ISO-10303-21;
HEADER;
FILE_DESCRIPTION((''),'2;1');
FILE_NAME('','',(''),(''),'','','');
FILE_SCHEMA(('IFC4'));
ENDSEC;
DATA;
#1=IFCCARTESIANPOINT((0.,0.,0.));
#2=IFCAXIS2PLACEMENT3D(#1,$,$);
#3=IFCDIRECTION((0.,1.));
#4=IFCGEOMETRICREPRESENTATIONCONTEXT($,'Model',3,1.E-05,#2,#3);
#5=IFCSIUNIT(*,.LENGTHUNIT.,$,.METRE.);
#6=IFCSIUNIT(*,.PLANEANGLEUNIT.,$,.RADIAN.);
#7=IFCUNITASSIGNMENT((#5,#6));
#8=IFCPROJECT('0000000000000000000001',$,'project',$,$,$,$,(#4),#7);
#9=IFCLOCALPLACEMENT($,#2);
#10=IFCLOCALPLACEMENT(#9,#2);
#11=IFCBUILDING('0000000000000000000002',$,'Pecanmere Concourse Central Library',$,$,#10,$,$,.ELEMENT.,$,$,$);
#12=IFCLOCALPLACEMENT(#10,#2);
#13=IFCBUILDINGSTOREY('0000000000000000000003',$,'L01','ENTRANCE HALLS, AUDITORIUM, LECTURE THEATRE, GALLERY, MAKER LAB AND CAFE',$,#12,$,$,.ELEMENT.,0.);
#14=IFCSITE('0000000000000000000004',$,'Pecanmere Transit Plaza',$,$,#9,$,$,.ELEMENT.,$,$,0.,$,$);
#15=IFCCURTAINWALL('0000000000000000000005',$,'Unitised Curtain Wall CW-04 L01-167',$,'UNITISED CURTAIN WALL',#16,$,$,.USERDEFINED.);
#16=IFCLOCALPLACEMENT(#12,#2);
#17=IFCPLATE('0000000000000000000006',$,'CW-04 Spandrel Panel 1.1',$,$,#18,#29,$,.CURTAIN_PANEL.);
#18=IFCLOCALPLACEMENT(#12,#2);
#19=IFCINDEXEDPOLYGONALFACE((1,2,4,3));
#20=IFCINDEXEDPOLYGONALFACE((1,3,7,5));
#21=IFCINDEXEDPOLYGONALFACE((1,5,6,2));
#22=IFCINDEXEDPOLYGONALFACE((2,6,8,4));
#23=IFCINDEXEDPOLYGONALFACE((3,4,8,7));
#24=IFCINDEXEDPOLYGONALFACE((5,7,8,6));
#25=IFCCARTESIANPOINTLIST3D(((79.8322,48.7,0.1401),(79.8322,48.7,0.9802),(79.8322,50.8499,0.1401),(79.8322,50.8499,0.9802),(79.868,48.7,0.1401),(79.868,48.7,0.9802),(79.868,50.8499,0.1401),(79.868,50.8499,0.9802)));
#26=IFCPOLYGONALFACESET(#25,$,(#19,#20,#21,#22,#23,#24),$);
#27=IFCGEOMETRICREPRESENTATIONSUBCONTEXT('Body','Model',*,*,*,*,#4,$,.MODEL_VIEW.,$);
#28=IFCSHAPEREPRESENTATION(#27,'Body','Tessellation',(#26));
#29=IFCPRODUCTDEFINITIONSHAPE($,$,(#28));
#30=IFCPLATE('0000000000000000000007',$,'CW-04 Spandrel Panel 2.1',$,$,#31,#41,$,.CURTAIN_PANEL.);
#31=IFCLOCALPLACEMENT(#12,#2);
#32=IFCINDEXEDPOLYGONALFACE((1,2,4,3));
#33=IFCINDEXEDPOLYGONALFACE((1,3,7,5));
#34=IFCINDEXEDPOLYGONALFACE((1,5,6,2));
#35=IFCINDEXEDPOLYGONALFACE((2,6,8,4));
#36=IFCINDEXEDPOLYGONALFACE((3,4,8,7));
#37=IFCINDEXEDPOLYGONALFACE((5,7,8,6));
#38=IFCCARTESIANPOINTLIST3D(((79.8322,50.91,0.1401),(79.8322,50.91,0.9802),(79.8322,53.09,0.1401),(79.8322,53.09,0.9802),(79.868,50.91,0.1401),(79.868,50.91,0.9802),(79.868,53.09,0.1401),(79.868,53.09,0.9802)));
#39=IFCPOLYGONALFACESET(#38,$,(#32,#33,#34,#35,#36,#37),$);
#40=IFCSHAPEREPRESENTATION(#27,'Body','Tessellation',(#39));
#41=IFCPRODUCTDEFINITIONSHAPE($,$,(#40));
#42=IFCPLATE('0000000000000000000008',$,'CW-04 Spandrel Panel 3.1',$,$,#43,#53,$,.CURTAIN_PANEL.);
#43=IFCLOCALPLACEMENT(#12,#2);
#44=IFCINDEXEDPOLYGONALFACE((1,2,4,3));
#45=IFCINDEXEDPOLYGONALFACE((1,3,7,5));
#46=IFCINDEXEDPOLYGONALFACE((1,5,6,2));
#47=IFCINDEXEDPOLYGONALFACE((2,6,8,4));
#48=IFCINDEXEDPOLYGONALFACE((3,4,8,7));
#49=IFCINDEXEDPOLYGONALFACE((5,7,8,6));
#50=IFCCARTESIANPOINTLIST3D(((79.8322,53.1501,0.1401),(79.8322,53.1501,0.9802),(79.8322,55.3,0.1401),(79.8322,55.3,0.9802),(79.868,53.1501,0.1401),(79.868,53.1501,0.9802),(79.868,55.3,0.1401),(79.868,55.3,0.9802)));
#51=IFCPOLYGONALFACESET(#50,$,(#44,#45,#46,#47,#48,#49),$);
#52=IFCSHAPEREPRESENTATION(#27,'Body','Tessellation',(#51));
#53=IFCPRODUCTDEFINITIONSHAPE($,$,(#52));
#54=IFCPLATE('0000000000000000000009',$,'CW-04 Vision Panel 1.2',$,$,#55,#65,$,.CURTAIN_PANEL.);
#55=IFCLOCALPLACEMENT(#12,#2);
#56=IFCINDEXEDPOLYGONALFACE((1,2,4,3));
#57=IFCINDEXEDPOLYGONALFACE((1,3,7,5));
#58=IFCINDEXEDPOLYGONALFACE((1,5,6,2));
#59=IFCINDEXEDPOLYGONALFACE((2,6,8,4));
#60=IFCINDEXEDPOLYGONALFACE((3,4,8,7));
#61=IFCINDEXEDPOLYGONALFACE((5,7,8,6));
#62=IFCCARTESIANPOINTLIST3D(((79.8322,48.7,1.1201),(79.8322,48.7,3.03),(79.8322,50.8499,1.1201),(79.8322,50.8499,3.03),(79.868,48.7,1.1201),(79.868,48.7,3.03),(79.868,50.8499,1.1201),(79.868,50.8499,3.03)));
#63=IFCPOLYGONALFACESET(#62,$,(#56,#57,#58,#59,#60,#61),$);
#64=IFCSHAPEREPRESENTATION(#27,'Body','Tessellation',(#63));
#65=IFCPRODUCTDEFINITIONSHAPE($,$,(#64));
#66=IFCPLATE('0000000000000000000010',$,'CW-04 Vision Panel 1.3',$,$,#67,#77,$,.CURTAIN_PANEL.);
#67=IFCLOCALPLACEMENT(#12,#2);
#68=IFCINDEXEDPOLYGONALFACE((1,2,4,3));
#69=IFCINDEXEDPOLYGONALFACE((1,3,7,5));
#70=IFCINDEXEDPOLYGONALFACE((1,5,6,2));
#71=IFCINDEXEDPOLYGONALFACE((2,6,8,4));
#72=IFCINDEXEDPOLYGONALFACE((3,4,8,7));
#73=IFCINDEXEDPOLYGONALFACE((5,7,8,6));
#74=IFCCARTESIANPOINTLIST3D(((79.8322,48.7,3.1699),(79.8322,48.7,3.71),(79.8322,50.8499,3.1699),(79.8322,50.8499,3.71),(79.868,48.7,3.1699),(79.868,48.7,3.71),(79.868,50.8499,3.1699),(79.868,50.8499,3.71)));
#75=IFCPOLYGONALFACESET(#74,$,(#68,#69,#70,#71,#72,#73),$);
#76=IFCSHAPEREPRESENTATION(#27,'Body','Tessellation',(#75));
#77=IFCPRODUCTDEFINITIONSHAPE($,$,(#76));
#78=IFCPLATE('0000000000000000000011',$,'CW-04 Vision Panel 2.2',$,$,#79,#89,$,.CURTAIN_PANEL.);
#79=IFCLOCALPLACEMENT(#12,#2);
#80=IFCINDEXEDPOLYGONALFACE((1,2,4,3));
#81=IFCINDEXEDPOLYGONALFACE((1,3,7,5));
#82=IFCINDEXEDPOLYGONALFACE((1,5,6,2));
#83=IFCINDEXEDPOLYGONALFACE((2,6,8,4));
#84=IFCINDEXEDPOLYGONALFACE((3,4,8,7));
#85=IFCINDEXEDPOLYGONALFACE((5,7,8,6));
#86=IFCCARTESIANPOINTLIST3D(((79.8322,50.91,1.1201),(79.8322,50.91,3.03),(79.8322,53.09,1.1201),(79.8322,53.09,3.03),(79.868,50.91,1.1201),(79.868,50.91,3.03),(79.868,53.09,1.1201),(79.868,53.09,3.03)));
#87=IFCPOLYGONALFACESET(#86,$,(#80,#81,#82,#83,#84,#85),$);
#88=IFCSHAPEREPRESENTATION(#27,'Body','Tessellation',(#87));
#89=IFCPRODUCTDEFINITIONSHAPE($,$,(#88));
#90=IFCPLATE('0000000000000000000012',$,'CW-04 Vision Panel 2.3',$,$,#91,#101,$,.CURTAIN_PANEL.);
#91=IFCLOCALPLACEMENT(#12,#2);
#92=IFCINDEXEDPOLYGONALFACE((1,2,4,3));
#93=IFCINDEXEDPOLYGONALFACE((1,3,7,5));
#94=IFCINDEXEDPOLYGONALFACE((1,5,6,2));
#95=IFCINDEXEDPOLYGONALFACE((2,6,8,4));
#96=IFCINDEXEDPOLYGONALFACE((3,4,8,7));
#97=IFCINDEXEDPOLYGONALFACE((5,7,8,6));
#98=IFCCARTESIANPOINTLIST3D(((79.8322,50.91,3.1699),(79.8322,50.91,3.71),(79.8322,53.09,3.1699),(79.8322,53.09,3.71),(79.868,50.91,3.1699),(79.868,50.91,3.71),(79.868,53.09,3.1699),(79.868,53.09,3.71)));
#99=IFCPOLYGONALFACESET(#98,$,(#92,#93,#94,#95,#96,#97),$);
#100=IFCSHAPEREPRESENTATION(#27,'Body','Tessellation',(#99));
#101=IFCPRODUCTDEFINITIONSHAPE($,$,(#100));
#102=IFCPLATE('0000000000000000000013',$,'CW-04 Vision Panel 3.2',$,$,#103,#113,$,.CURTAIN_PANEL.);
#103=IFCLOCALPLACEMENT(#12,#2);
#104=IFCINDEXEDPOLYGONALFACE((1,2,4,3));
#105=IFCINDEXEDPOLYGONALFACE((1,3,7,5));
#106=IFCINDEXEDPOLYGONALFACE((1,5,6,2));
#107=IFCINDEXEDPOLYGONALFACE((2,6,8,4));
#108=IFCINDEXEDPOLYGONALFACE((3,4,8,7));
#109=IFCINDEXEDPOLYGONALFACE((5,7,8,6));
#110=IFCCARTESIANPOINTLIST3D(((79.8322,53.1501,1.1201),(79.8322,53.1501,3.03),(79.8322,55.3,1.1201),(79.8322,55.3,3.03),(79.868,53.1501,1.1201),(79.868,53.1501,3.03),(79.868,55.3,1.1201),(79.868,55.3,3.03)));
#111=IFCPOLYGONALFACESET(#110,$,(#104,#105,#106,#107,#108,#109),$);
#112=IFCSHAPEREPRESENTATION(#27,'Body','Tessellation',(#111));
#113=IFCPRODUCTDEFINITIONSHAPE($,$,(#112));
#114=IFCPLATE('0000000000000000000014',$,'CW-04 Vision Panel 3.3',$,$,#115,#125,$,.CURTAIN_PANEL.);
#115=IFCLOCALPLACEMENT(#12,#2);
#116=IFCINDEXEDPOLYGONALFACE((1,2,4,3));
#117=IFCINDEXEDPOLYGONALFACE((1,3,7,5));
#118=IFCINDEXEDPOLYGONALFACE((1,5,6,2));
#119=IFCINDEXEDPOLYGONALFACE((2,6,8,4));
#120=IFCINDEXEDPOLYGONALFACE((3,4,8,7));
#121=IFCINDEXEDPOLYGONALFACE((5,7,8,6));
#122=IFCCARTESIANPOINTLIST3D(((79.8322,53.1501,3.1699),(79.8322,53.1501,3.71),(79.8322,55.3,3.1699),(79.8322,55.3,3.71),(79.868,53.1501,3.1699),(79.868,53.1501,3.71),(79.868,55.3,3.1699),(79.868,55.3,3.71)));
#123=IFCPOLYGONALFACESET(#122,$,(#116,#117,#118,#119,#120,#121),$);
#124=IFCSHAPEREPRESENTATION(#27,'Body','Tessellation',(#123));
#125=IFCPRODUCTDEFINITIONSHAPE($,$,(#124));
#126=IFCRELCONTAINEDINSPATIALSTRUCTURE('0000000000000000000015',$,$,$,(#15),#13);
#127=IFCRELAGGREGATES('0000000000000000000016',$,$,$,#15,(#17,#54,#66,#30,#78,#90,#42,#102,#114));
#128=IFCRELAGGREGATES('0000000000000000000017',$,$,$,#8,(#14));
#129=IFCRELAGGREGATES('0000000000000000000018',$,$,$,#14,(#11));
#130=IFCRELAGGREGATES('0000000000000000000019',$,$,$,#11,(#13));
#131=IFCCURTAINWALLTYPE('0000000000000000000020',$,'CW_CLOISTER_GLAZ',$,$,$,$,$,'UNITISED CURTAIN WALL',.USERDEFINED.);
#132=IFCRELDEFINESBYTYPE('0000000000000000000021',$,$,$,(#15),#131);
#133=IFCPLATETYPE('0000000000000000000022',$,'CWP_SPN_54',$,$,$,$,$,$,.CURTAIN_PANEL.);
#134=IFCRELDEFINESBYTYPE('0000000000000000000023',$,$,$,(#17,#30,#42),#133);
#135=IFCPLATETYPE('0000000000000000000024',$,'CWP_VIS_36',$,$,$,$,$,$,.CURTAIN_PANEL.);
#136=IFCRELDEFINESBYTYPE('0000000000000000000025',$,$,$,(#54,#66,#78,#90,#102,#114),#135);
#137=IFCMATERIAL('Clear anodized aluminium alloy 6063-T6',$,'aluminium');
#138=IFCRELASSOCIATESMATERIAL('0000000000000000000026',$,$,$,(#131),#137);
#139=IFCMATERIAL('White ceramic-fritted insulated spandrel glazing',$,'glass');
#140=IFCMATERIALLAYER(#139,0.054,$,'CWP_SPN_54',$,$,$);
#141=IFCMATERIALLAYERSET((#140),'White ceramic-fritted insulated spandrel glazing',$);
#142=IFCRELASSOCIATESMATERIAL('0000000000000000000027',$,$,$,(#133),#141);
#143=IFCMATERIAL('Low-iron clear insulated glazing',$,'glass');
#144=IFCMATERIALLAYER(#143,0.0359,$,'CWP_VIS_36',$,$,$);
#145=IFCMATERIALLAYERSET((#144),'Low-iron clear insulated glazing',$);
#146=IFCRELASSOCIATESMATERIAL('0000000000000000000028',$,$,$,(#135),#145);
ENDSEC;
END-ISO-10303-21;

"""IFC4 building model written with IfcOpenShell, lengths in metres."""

from ifc_helpers import new_model, si_unit, direction, frame, origin, origin_2d, place, context, subcontext, project, spatial, rectangle, extrude, material, layer, layer_set, type_object, element, aggregate, save


model = new_model("IFC4")

# Units and contexts
model_context = context("Model", 3, precision=1e-05, world=origin(), true_north=direction((0.0, 1.0)))
body_context = subcontext(model_context, "Body", "Model", "MODEL_VIEW")
ifc_project = project(units=[si_unit("LENGTHUNIT", "METRE"), si_unit("PLANEANGLEUNIT", "RADIAN")], contexts=[model_context])

# Site, building, storey
site_placement = place(None, origin())
site = spatial("IfcSite", under=ifc_project, at=site_placement, Name="Pecanmere Transit Plaza", CompositionType="ELEMENT", RefElevation=0.0)
building_placement = place(site_placement, origin())
building = spatial("IfcBuilding", under=site, at=building_placement, Name="Pecanmere Concourse Central Library", CompositionType="ELEMENT")
storey_placement = place(building_placement, origin())
storey = spatial("IfcBuildingStorey", under=building, at=storey_placement, Name="L01", Description="ENTRANCE HALLS, AUDITORIUM, LECTURE THEATRE, GALLERY, MAKER LAB AND CAFE", CompositionType="ELEMENT", Elevation=0.0)

# Curtain wall, plates
ifc_material_1 = material(Name="Clear anodized aluminium alloy 6063-T6", Category="aluminium")
curtain_wall_type = type_object("IfcCurtainWallType", Name="CW_CLOISTER_GLAZ", ElementType="UNITISED CURTAIN WALL", PredefinedType="USERDEFINED", material=ifc_material_1)
curtain_wall_placement = place(storey_placement, origin())
curtain_wall = element("IfcCurtainWall", 1, at=curtain_wall_placement, inside=storey, type_object=curtain_wall_type, Name="Unitised Curtain Wall CW-04 L01-167", ObjectType="UNITISED CURTAIN WALL", PredefinedType="USERDEFINED")
ifc_material_2 = material(Name="White ceramic-fritted insulated spandrel glazing", Category="glass")
ifc_layer_1 = layer(ifc_material_2, 0.054, Name="CWP_SPN_54")
ifc_layer_set_1 = layer_set([ifc_layer_1], Name="White ceramic-fritted insulated spandrel glazing")
plate_type_1 = type_object("IfcPlateType", Name="CWP_SPN_54", PredefinedType="CURTAIN_PANEL", material=ifc_layer_set_1)
plate_1_placement = place(storey_placement, frame((79.8501, 49.7749, 0.1401), z_axis=(0.0, 0.0, 1.0), x_axis=(0.0, 1.0, 0.0)))
plate_1 = element("IfcPlate", 2, at=plate_1_placement, type_object=plate_type_1, Name="CW-04 Spandrel Panel 1.1", PredefinedType="CURTAIN_PANEL", context=body_context, shape_type="SweptSolid", body=[
    extrude(rectangle(XDim=2.1499, YDim=0.0359, at=origin_2d()), origin(), (0.0, 0.0, 1.0), 0.8401),
])
plate_2_placement = place(storey_placement, frame((79.8501, 52.0, 0.1401), z_axis=(0.0, 0.0, 1.0), x_axis=(0.0, 1.0, 0.0)))
plate_2 = element("IfcPlate", 3, at=plate_2_placement, type_object=plate_type_1, Name="CW-04 Spandrel Panel 2.1", PredefinedType="CURTAIN_PANEL", context=body_context, shape_type="SweptSolid", body=[
    extrude(rectangle(XDim=2.1799, YDim=0.0359, at=origin_2d()), origin(), (0.0, 0.0, 1.0), 0.8401),
])
plate_3_placement = place(storey_placement, frame((79.8501, 54.2251, 0.1401), z_axis=(0.0, 0.0, 1.0), x_axis=(0.0, 1.0, 0.0)))
plate_3 = element("IfcPlate", 4, at=plate_3_placement, type_object=plate_type_1, Name="CW-04 Spandrel Panel 3.1", PredefinedType="CURTAIN_PANEL", context=body_context, shape_type="SweptSolid", body=[
    extrude(rectangle(XDim=2.1499, YDim=0.0359, at=origin_2d()), origin(), (0.0, 0.0, 1.0), 0.8401),
])
ifc_material_3 = material(Name="Low-iron clear insulated glazing", Category="glass")
ifc_layer_2 = layer(ifc_material_3, 0.0359, Name="CWP_VIS_36")
ifc_layer_set_2 = layer_set([ifc_layer_2], Name="Low-iron clear insulated glazing")
plate_type_2 = type_object("IfcPlateType", Name="CWP_VIS_36", PredefinedType="CURTAIN_PANEL", material=ifc_layer_set_2)
plate_4_placement = place(storey_placement, frame((79.8501, 49.7749, 1.1201), z_axis=(0.0, 0.0, 1.0), x_axis=(0.0, 1.0, 0.0)))
plate_4 = element("IfcPlate", 5, at=plate_4_placement, type_object=plate_type_2, Name="CW-04 Vision Panel 1.2", PredefinedType="CURTAIN_PANEL", context=body_context, shape_type="SweptSolid", body=[
    extrude(rectangle(XDim=2.1499, YDim=0.0359, at=origin_2d()), origin(), (0.0, 0.0, 1.0), 1.9099),
])
plate_5_placement = place(storey_placement, frame((79.8501, 49.7749, 3.1699), z_axis=(0.0, 0.0, 1.0), x_axis=(0.0, 1.0, 0.0)))
plate_5 = element("IfcPlate", 6, at=plate_5_placement, type_object=plate_type_2, Name="CW-04 Vision Panel 1.3", PredefinedType="CURTAIN_PANEL", context=body_context, shape_type="SweptSolid", body=[
    extrude(rectangle(XDim=2.1499, YDim=0.0359, at=origin_2d()), origin(), (0.0, 0.0, 1.0), 0.54),
])
plate_6_placement = place(storey_placement, frame((79.8501, 52.0, 1.1201), z_axis=(0.0, 0.0, 1.0), x_axis=(0.0, 1.0, 0.0)))
plate_6 = element("IfcPlate", 7, at=plate_6_placement, type_object=plate_type_2, Name="CW-04 Vision Panel 2.2", PredefinedType="CURTAIN_PANEL", context=body_context, shape_type="SweptSolid", body=[
    extrude(rectangle(XDim=2.1799, YDim=0.0359, at=origin_2d()), origin(), (0.0, 0.0, 1.0), 1.9099),
])
plate_7_placement = place(storey_placement, frame((79.8501, 52.0, 3.1699), z_axis=(0.0, 0.0, 1.0), x_axis=(0.0, 1.0, 0.0)))
plate_7 = element("IfcPlate", 8, at=plate_7_placement, type_object=plate_type_2, Name="CW-04 Vision Panel 2.3", PredefinedType="CURTAIN_PANEL", context=body_context, shape_type="SweptSolid", body=[
    extrude(rectangle(XDim=2.1799, YDim=0.0359, at=origin_2d()), origin(), (0.0, 0.0, 1.0), 0.54),
])
plate_8_placement = place(storey_placement, frame((79.8501, 54.2251, 1.1201), z_axis=(0.0, 0.0, 1.0), x_axis=(0.0, 1.0, 0.0)))
plate_8 = element("IfcPlate", 9, at=plate_8_placement, type_object=plate_type_2, Name="CW-04 Vision Panel 3.2", PredefinedType="CURTAIN_PANEL", context=body_context, shape_type="SweptSolid", body=[
    extrude(rectangle(XDim=2.1499, YDim=0.0359, at=origin_2d()), origin(), (0.0, 0.0, 1.0), 1.9099),
])
plate_9_placement = place(storey_placement, frame((79.8501, 54.2251, 3.1699), z_axis=(0.0, 0.0, 1.0), x_axis=(0.0, 1.0, 0.0)))
plate_9 = element("IfcPlate", 10, at=plate_9_placement, type_object=plate_type_2, Name="CW-04 Vision Panel 3.3", PredefinedType="CURTAIN_PANEL", context=body_context, shape_type="SweptSolid", body=[
    extrude(rectangle(XDim=2.1499, YDim=0.0359, at=origin_2d()), origin(), (0.0, 0.0, 1.0), 0.54),
])
aggregate(curtain_wall, [plate_1, plate_4, plate_5, plate_2, plate_6, plate_7, plate_3, plate_8, plate_9])

save(model, "model.ifc")
